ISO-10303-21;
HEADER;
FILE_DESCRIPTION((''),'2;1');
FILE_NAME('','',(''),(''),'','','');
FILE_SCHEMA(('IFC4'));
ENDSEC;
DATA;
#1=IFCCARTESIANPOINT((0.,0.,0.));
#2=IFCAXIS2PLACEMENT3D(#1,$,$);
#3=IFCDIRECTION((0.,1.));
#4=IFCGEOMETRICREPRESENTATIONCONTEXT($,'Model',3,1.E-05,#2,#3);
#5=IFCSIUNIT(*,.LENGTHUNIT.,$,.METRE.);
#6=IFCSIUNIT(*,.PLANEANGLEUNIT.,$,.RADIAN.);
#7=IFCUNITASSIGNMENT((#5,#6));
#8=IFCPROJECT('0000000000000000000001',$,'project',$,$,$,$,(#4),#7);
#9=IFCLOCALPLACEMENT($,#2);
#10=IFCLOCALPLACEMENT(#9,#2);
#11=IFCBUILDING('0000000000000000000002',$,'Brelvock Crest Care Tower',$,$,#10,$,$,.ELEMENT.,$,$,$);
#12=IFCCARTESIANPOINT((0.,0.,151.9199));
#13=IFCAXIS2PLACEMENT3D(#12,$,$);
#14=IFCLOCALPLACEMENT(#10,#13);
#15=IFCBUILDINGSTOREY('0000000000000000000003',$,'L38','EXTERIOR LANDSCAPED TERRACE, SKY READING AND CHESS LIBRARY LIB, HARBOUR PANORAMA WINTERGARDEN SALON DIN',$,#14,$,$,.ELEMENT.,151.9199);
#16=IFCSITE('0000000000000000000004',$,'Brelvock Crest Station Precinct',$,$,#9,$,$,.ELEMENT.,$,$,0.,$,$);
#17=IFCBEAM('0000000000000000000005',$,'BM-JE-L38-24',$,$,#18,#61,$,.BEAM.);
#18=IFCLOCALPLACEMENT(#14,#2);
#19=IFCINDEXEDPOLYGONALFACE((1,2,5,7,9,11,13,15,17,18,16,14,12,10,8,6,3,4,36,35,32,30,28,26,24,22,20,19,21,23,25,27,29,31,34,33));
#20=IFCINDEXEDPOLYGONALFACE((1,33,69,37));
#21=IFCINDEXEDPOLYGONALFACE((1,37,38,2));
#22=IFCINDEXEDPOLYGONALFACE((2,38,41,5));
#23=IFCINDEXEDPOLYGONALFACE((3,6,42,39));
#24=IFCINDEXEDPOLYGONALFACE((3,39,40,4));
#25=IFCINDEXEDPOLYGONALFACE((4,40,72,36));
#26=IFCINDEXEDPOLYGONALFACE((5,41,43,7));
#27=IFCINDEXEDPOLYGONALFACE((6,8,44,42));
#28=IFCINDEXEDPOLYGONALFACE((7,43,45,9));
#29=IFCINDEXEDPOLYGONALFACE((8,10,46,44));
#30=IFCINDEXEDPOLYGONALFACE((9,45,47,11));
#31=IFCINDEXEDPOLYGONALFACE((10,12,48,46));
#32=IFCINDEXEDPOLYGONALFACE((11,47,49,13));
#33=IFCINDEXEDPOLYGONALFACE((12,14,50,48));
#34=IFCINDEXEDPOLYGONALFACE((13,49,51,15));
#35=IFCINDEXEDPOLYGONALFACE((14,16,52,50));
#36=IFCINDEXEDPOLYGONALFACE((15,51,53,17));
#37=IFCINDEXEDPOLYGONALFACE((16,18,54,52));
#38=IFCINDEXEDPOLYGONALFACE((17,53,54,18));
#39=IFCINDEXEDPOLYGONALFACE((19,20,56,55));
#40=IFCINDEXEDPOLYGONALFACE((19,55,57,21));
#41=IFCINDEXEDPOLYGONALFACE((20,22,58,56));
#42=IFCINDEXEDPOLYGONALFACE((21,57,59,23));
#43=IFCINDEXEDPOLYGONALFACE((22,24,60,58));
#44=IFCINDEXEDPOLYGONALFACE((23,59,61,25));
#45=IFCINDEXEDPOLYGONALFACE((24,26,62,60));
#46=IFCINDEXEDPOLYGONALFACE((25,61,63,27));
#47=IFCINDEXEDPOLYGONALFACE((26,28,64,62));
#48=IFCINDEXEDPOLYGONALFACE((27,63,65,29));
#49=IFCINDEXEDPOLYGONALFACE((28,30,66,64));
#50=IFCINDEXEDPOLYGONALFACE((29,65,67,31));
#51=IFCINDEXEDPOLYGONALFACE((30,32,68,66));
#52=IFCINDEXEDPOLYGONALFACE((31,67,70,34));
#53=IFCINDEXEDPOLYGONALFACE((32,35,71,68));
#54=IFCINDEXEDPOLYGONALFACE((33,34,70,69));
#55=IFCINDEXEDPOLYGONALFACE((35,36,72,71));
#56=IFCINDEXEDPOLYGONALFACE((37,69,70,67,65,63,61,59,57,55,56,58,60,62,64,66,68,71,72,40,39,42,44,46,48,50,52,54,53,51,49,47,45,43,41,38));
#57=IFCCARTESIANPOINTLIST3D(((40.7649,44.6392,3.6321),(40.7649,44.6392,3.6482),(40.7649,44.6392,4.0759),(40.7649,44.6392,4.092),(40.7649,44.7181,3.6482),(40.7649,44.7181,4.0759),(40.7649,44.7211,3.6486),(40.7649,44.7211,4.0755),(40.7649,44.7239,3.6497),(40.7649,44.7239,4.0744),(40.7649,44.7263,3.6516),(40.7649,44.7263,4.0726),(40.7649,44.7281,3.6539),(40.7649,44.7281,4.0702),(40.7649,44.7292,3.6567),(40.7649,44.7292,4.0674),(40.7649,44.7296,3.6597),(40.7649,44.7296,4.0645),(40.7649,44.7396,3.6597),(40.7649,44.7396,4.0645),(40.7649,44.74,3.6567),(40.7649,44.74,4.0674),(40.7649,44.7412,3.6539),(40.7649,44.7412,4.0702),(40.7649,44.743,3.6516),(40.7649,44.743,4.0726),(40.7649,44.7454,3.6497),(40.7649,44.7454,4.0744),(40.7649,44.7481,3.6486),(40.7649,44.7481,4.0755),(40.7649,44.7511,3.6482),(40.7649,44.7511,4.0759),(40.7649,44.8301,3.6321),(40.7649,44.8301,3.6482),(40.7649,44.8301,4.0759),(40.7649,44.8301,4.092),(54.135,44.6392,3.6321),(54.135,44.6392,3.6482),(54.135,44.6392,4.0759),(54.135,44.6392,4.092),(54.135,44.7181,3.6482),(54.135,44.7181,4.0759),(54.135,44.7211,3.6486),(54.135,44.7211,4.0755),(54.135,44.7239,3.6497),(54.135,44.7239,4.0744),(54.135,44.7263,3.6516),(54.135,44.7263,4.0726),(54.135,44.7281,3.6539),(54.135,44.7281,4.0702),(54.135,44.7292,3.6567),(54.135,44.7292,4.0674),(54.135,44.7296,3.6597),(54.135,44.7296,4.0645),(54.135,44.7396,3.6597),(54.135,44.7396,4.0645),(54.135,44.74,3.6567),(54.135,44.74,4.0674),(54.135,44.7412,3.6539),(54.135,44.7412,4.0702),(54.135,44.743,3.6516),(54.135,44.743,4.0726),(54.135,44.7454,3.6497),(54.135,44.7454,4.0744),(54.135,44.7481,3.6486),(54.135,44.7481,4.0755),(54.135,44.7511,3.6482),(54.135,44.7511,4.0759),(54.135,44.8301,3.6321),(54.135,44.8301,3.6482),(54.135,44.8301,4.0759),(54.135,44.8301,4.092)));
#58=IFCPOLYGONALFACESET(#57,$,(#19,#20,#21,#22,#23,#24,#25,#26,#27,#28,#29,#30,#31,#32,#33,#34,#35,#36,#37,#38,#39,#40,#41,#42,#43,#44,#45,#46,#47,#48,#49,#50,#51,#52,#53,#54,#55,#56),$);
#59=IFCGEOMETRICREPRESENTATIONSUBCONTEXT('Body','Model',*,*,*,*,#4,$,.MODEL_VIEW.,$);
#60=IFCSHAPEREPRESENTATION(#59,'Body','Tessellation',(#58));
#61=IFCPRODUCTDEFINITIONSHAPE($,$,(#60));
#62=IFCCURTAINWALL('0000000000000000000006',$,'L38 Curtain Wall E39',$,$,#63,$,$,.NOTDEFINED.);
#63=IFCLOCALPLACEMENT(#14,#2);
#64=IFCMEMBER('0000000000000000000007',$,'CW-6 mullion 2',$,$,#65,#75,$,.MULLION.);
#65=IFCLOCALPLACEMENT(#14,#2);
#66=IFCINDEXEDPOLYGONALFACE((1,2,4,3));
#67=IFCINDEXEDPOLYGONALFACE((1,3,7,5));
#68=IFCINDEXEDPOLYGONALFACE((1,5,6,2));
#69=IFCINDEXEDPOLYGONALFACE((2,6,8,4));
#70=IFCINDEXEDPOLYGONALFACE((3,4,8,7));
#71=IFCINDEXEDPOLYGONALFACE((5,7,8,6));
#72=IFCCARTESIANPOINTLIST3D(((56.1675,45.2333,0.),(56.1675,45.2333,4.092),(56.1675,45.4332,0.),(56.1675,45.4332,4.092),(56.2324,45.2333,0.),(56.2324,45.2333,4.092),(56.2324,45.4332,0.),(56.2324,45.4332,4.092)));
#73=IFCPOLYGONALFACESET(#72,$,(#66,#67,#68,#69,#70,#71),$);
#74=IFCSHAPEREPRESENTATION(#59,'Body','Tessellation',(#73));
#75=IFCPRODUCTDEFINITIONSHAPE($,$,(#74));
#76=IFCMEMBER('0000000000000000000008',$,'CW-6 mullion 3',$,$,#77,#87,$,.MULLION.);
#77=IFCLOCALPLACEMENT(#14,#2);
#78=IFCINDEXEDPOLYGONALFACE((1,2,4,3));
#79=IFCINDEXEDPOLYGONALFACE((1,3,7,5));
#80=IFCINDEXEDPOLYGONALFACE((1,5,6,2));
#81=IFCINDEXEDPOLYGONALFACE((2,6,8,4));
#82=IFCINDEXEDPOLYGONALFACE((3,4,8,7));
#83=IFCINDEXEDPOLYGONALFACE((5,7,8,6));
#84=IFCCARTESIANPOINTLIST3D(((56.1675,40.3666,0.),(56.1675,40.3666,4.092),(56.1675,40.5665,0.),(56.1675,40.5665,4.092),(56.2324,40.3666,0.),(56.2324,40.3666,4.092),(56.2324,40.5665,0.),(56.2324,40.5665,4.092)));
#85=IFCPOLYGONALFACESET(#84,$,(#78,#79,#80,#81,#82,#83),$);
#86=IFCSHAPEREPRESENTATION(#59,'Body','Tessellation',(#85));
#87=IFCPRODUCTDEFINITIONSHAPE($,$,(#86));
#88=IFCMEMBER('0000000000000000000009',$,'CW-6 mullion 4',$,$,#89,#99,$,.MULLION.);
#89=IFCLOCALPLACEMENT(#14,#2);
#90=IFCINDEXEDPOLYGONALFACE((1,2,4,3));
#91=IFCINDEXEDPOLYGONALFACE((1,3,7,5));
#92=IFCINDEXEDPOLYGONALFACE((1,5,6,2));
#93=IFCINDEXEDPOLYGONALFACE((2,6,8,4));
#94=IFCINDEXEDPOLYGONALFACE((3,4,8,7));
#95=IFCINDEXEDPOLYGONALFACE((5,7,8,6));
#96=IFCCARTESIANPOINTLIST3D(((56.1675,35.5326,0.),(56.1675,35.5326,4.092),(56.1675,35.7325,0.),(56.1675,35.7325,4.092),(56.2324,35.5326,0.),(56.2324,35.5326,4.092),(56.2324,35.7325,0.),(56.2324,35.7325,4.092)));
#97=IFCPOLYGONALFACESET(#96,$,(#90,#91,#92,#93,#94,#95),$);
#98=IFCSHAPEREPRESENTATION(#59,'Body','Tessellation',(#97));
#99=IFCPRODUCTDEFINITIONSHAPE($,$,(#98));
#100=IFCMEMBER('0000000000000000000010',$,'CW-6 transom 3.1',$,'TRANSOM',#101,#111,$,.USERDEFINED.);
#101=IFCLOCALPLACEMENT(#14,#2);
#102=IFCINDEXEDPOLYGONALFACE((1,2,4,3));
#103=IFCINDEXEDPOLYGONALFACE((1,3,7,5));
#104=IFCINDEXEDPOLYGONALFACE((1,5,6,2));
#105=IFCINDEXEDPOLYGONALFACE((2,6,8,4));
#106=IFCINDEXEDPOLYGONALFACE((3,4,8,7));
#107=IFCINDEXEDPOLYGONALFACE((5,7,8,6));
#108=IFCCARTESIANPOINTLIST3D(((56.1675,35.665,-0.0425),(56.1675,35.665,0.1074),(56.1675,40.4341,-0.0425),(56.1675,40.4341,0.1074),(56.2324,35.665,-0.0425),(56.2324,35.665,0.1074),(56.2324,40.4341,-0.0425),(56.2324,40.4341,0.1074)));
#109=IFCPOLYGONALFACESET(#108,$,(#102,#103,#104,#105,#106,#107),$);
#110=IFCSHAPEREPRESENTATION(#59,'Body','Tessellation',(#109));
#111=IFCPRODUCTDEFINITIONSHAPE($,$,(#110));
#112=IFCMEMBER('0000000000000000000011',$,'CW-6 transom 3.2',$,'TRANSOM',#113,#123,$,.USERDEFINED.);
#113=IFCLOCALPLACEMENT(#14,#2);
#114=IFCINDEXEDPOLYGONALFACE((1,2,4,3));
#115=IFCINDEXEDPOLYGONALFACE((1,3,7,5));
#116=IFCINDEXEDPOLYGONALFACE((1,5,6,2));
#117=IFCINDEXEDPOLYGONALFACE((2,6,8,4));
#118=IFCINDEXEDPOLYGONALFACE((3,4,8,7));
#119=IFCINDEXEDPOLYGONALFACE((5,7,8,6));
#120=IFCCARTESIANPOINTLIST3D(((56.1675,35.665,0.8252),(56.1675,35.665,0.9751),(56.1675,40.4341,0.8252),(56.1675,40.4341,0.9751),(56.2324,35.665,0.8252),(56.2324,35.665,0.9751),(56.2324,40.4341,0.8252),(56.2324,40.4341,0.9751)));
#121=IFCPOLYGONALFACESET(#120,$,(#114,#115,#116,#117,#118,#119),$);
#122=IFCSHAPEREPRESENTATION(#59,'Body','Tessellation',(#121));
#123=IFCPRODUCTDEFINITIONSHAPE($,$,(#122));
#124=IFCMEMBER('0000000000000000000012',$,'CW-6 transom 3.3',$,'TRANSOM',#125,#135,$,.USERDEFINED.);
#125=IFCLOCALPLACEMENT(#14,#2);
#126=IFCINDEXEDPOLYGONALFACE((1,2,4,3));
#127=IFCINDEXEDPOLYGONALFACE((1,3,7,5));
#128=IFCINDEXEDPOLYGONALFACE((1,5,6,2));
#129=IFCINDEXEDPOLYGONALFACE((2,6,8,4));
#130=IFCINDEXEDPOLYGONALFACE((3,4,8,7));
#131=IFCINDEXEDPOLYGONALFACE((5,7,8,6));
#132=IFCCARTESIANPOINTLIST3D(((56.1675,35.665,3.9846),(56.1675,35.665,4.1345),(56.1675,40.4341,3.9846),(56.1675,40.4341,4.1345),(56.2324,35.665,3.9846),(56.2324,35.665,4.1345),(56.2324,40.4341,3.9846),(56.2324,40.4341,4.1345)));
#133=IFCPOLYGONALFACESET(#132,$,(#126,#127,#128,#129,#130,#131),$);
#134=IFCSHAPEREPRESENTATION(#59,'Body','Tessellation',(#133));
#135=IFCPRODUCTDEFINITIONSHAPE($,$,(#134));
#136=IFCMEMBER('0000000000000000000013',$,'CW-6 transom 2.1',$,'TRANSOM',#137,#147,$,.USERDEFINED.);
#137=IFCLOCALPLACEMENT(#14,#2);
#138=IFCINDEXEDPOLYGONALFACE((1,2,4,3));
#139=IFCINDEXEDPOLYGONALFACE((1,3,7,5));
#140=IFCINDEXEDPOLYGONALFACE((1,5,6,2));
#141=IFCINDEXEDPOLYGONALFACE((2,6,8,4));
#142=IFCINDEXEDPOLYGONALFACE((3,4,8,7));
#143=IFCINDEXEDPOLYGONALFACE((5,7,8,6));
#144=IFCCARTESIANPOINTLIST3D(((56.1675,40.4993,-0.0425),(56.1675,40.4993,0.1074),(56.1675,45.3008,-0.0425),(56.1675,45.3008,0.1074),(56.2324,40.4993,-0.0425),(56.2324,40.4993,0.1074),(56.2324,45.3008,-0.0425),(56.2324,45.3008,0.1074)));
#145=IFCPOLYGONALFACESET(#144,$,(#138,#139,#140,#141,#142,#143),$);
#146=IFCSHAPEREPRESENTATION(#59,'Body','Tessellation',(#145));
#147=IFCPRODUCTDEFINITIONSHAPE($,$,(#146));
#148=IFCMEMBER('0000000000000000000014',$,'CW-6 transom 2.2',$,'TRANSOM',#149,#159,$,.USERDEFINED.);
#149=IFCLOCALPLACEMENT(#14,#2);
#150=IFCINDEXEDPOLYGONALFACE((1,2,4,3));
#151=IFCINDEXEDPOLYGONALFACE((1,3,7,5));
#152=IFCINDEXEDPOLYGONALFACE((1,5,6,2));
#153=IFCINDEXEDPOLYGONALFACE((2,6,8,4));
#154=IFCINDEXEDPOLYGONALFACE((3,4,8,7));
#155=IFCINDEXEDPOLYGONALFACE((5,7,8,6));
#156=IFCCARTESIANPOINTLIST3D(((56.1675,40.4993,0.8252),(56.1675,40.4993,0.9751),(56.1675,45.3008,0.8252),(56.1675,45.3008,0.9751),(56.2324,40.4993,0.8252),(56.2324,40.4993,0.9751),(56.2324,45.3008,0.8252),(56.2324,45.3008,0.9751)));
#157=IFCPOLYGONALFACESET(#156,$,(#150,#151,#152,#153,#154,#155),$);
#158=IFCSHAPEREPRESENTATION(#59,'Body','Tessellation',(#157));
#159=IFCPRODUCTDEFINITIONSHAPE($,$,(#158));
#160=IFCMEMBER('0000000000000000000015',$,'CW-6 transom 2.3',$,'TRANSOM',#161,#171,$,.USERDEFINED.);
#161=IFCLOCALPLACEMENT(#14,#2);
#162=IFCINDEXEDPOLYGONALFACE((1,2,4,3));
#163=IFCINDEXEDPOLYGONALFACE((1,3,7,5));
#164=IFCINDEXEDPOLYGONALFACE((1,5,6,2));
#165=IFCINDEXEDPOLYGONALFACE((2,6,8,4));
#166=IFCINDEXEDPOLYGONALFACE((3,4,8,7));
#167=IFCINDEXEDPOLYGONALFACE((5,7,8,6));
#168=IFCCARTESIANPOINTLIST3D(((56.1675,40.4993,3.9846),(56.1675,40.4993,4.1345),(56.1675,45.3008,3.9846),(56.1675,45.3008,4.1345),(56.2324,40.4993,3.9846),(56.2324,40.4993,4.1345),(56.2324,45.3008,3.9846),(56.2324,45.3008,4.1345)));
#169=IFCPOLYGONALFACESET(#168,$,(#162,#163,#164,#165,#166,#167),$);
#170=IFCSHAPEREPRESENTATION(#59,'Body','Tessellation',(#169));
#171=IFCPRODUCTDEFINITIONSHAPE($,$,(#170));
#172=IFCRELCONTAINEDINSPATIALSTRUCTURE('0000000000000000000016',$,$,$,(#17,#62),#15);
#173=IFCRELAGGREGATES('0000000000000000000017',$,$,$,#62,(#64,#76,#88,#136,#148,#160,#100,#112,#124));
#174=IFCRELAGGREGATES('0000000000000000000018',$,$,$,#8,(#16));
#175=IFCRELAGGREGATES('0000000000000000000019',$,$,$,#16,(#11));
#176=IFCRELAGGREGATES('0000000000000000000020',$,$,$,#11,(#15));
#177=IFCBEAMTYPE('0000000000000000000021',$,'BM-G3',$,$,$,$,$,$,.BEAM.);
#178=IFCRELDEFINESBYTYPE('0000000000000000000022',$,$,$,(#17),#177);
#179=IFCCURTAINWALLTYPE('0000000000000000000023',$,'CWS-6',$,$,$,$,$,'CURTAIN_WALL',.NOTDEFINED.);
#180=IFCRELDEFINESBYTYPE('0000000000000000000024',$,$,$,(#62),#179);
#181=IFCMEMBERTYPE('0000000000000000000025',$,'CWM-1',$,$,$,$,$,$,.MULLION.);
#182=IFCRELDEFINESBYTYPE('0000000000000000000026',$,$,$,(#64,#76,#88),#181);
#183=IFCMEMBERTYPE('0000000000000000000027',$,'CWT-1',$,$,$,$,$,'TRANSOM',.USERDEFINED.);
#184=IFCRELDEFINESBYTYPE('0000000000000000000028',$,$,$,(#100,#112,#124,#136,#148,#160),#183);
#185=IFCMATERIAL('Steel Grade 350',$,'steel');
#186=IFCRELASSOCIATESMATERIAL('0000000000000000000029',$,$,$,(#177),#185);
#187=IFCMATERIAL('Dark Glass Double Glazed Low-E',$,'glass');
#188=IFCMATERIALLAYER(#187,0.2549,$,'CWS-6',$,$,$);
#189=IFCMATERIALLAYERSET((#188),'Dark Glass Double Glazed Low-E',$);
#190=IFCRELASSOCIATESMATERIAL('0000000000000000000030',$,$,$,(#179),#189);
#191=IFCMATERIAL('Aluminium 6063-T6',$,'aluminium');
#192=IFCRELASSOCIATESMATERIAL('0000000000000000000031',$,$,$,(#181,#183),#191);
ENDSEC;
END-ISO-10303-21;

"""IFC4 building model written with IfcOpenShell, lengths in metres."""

from ifc_helpers import new_model, si_unit, direction, frame, origin, origin_2d, place, context, subcontext, project, spatial, rectangle, i_section, extrude, source, transform, mapped, material, layer, layer_set, material_profile, profile_set, type_object, element, aggregate, save


model = new_model("IFC4")

# Units and contexts
model_context = context("Model", 3, precision=1e-05, world=origin(), true_north=direction((0.0, 1.0)))
body_context = subcontext(model_context, "Body", "Model", "MODEL_VIEW")
ifc_project = project(units=[si_unit("LENGTHUNIT", "METRE"), si_unit("PLANEANGLEUNIT", "RADIAN")], contexts=[model_context])

# Site, building, storey
site_placement = place(None, origin())
site = spatial("IfcSite", under=ifc_project, at=site_placement, Name="Brelvock Crest Station Precinct", CompositionType="ELEMENT", RefElevation=0.0)
building_placement = place(site_placement, origin())
building = spatial("IfcBuilding", under=site, at=building_placement, Name="Brelvock Crest Care Tower", CompositionType="ELEMENT")
storey_placement = place(building_placement, frame((0.0, 0.0, 151.9199)))
storey = spatial("IfcBuildingStorey", under=building, at=storey_placement, Name="L38", Description="EXTERIOR LANDSCAPED TERRACE, SKY READING AND CHESS LIBRARY LIB, HARBOUR PANORAMA WINTERGARDEN SALON DIN", CompositionType="ELEMENT", Elevation=151.9199)

# Shared definitions
ifc_material_1 = material(Name="Steel Grade 350", Category="steel")

# Beam
ifc_material_profile_1 = material_profile(ifc_material_1, i_section(OverallWidth=0.1909, OverallDepth=0.46, WebThickness=0.01, FlangeThickness=0.0161, FilletRadius=0.0115, at=origin_2d()), Name="460UB82.1")
ifc_profile_set_1 = profile_set([ifc_material_profile_1], Name="Steel Grade 350")
beam_type_1 = type_object("IfcBeamType", Name="BM-G3", PredefinedType="BEAM", material=ifc_profile_set_1)
shared_shape_1 = source(origin(), body_context, "Body", "SweptSolid", [
    extrude(i_section(OverallWidth=0.1909, OverallDepth=0.46, WebThickness=0.01, FlangeThickness=0.0161, FilletRadius=0.0115, at=origin_2d()), origin(), (0.0, 0.0, 1.0), 13.3701),
])
beam_1_placement = place(storey_placement, frame((40.7649, 44.7346, 3.8621), z_axis=(1.0, 0.0, 0.0), x_axis=(0.0, 1.0, 0.0)))
element("IfcBeam", 1, at=beam_1_placement, inside=storey, type_object=beam_type_1, Name="BM-JE-L38-24", PredefinedType="BEAM", context=body_context, shape_type="MappedRepresentation", body=[
    mapped(shared_shape_1, transform((0.0, 0.0, 0.0), x_axis=(1.0, 0.0, 0.0), y_axis=(0.0, 1.0, 0.0), z_axis=(0.0, 0.0, 1.0), scale=1.0)),
])

# Curtain wall, members
ifc_material_2 = material(Name="Dark Glass Double Glazed Low-E", Category="glass")
ifc_layer_1 = layer(ifc_material_2, 0.2549, Name="CWS-6")
ifc_layer_set_1 = layer_set([ifc_layer_1], Name="Dark Glass Double Glazed Low-E")
curtain_wall_type = type_object("IfcCurtainWallType", Name="CWS-6", ElementType="CURTAIN_WALL", PredefinedType="NOTDEFINED", material=ifc_layer_set_1)
curtain_wall_placement = place(storey_placement, origin())
curtain_wall = element("IfcCurtainWall", 2, at=curtain_wall_placement, inside=storey, type_object=curtain_wall_type, Name="L38 Curtain Wall E39", PredefinedType="NOTDEFINED")
ifc_material_3 = material(Name="Aluminium 6063-T6", Category="aluminium")
ifc_material_profile_2 = material_profile(ifc_material_3, rectangle(XDim=0.0649, YDim=0.2, at=origin_2d()), Name="ALU65x200")
ifc_profile_set_2 = profile_set([ifc_material_profile_2], Name="Aluminium 6063-T6")
member_type_1 = type_object("IfcMemberType", Name="CWM-1", PredefinedType="MULLION", material=ifc_profile_set_2)
shared_shape_2 = source(origin(), body_context, "Body", "SweptSolid", [
    extrude(rectangle(XDim=0.0649, YDim=0.2, at=origin_2d()), origin(), (0.0, 0.0, 1.0), 4.092),
])
member_1_placement = place(storey_placement, frame((56.2, 45.3333, 0.0), z_axis=(0.0, 0.0, 1.0), x_axis=(1.0, 0.0, 0.0)))
member_1 = element("IfcMember", 3, at=member_1_placement, type_object=member_type_1, Name="CW-6 mullion 2", PredefinedType="MULLION", context=body_context, shape_type="MappedRepresentation", body=[
    mapped(shared_shape_2, transform((0.0, 0.0, 0.0), x_axis=(1.0, 0.0, 0.0), y_axis=(0.0, 1.0, 0.0), z_axis=(0.0, 0.0, 1.0), scale=1.0)),
])
member_2_placement = place(storey_placement, frame((56.2, 40.4666, 0.0), z_axis=(0.0, 0.0, 1.0), x_axis=(1.0, 0.0, 0.0)))
member_2 = element("IfcMember", 4, at=member_2_placement, type_object=member_type_1, Name="CW-6 mullion 3", PredefinedType="MULLION", context=body_context, shape_type="MappedRepresentation", body=[
    mapped(shared_shape_2, transform((0.0, 0.0, 0.0), x_axis=(1.0, 0.0, 0.0), y_axis=(0.0, 1.0, 0.0), z_axis=(0.0, 0.0, 1.0), scale=1.0)),
])
member_3_placement = place(storey_placement, frame((56.2, 35.6326, 0.0), z_axis=(0.0, 0.0, 1.0), x_axis=(1.0, 0.0, 0.0)))
member_3 = element("IfcMember", 5, at=member_3_placement, type_object=member_type_1, Name="CW-6 mullion 4", PredefinedType="MULLION", context=body_context, shape_type="MappedRepresentation", body=[
    mapped(shared_shape_2, transform((0.0, 0.0, 0.0), x_axis=(1.0, 0.0, 0.0), y_axis=(0.0, 1.0, 0.0), z_axis=(0.0, 0.0, 1.0), scale=1.0)),
])
ifc_material_profile_3 = material_profile(ifc_material_3, rectangle(XDim=0.0649, YDim=0.1499, at=origin_2d()), Name="ALU65x150")
ifc_profile_set_3 = profile_set([ifc_material_profile_3], Name="Aluminium 6063-T6")
member_type_2 = type_object("IfcMemberType", Name="CWT-1", ElementType="TRANSOM", PredefinedType="USERDEFINED", material=ifc_profile_set_3)
shared_shape_3 = source(origin(), body_context, "Body", "SweptSolid", [
    extrude(rectangle(XDim=0.0649, YDim=0.1499, at=origin_2d()), origin(), (0.0, 0.0, 1.0), 4.769),
])
member_4_placement = place(storey_placement, frame((56.2, 40.4341, 0.0325), z_axis=(0.0, -1.0, 0.0), x_axis=(1.0, 0.0, 0.0)))
member_4 = element("IfcMember", 6, at=member_4_placement, type_object=member_type_2, Name="CW-6 transom 3.1", ObjectType="TRANSOM", PredefinedType="USERDEFINED", context=body_context, shape_type="MappedRepresentation", body=[
    mapped(shared_shape_3, transform((0.0, 0.0, 0.0), x_axis=(1.0, 0.0, 0.0), y_axis=(0.0, 1.0, 0.0), z_axis=(0.0, 0.0, 1.0), scale=1.0)),
])
member_5_placement = place(storey_placement, frame((56.2, 40.4341, 0.9001), z_axis=(0.0, -1.0, 0.0), x_axis=(1.0, 0.0, 0.0)))
member_5 = element("IfcMember", 7, at=member_5_placement, type_object=member_type_2, Name="CW-6 transom 3.2", ObjectType="TRANSOM", PredefinedType="USERDEFINED", context=body_context, shape_type="MappedRepresentation", body=[
    mapped(shared_shape_3, transform((0.0, 0.0, 0.0), x_axis=(1.0, 0.0, 0.0), y_axis=(0.0, 1.0, 0.0), z_axis=(0.0, 0.0, 1.0), scale=1.0)),
])
member_6_placement = place(storey_placement, frame((56.2, 40.4341, 4.0596), z_axis=(0.0, -1.0, 0.0), x_axis=(1.0, 0.0, 0.0)))
member_6 = element("IfcMember", 8, at=member_6_placement, type_object=member_type_2, Name="CW-6 transom 3.3", ObjectType="TRANSOM", PredefinedType="USERDEFINED", context=body_context, shape_type="MappedRepresentation", body=[
    mapped(shared_shape_3, transform((0.0, 0.0, 0.0), x_axis=(1.0, 0.0, 0.0), y_axis=(0.0, 1.0, 0.0), z_axis=(0.0, 0.0, 1.0), scale=1.0)),
])
shared_shape_4 = source(origin(), body_context, "Body", "SweptSolid", [
    extrude(rectangle(XDim=0.0649, YDim=0.1499, at=origin_2d()), origin(), (0.0, 0.0, 1.0), 4.8015),
])
member_7_placement = place(storey_placement, frame((56.2, 45.3008, 0.0325), z_axis=(0.0, -1.0, 0.0), x_axis=(1.0, 0.0, 0.0)))
member_7 = element("IfcMember", 9, at=member_7_placement, type_object=member_type_2, Name="CW-6 transom 2.1", ObjectType="TRANSOM", PredefinedType="USERDEFINED", context=body_context, shape_type="MappedRepresentation", body=[
    mapped(shared_shape_4, transform((0.0, 0.0, 0.0), x_axis=(1.0, 0.0, 0.0), y_axis=(0.0, 1.0, 0.0), z_axis=(0.0, 0.0, 1.0), scale=1.0)),
])
member_8_placement = place(storey_placement, frame((56.2, 45.3008, 0.9001), z_axis=(0.0, -1.0, 0.0), x_axis=(1.0, 0.0, 0.0)))
member_8 = element("IfcMember", 10, at=member_8_placement, type_object=member_type_2, Name="CW-6 transom 2.2", ObjectType="TRANSOM", PredefinedType="USERDEFINED", context=body_context, shape_type="MappedRepresentation", body=[
    mapped(shared_shape_4, transform((0.0, 0.0, 0.0), x_axis=(1.0, 0.0, 0.0), y_axis=(0.0, 1.0, 0.0), z_axis=(0.0, 0.0, 1.0), scale=1.0)),
])
member_9_placement = place(storey_placement, frame((56.2, 45.3008, 4.0596), z_axis=(0.0, -1.0, 0.0), x_axis=(1.0, 0.0, 0.0)))
member_9 = element("IfcMember", 11, at=member_9_placement, type_object=member_type_2, Name="CW-6 transom 2.3", ObjectType="TRANSOM", PredefinedType="USERDEFINED", context=body_context, shape_type="MappedRepresentation", body=[
    mapped(shared_shape_4, transform((0.0, 0.0, 0.0), x_axis=(1.0, 0.0, 0.0), y_axis=(0.0, 1.0, 0.0), z_axis=(0.0, 0.0, 1.0), scale=1.0)),
])
aggregate(curtain_wall, [member_1, member_2, member_3, member_7, member_8, member_9, member_4, member_5, member_6])

save(model, "model.ifc")
